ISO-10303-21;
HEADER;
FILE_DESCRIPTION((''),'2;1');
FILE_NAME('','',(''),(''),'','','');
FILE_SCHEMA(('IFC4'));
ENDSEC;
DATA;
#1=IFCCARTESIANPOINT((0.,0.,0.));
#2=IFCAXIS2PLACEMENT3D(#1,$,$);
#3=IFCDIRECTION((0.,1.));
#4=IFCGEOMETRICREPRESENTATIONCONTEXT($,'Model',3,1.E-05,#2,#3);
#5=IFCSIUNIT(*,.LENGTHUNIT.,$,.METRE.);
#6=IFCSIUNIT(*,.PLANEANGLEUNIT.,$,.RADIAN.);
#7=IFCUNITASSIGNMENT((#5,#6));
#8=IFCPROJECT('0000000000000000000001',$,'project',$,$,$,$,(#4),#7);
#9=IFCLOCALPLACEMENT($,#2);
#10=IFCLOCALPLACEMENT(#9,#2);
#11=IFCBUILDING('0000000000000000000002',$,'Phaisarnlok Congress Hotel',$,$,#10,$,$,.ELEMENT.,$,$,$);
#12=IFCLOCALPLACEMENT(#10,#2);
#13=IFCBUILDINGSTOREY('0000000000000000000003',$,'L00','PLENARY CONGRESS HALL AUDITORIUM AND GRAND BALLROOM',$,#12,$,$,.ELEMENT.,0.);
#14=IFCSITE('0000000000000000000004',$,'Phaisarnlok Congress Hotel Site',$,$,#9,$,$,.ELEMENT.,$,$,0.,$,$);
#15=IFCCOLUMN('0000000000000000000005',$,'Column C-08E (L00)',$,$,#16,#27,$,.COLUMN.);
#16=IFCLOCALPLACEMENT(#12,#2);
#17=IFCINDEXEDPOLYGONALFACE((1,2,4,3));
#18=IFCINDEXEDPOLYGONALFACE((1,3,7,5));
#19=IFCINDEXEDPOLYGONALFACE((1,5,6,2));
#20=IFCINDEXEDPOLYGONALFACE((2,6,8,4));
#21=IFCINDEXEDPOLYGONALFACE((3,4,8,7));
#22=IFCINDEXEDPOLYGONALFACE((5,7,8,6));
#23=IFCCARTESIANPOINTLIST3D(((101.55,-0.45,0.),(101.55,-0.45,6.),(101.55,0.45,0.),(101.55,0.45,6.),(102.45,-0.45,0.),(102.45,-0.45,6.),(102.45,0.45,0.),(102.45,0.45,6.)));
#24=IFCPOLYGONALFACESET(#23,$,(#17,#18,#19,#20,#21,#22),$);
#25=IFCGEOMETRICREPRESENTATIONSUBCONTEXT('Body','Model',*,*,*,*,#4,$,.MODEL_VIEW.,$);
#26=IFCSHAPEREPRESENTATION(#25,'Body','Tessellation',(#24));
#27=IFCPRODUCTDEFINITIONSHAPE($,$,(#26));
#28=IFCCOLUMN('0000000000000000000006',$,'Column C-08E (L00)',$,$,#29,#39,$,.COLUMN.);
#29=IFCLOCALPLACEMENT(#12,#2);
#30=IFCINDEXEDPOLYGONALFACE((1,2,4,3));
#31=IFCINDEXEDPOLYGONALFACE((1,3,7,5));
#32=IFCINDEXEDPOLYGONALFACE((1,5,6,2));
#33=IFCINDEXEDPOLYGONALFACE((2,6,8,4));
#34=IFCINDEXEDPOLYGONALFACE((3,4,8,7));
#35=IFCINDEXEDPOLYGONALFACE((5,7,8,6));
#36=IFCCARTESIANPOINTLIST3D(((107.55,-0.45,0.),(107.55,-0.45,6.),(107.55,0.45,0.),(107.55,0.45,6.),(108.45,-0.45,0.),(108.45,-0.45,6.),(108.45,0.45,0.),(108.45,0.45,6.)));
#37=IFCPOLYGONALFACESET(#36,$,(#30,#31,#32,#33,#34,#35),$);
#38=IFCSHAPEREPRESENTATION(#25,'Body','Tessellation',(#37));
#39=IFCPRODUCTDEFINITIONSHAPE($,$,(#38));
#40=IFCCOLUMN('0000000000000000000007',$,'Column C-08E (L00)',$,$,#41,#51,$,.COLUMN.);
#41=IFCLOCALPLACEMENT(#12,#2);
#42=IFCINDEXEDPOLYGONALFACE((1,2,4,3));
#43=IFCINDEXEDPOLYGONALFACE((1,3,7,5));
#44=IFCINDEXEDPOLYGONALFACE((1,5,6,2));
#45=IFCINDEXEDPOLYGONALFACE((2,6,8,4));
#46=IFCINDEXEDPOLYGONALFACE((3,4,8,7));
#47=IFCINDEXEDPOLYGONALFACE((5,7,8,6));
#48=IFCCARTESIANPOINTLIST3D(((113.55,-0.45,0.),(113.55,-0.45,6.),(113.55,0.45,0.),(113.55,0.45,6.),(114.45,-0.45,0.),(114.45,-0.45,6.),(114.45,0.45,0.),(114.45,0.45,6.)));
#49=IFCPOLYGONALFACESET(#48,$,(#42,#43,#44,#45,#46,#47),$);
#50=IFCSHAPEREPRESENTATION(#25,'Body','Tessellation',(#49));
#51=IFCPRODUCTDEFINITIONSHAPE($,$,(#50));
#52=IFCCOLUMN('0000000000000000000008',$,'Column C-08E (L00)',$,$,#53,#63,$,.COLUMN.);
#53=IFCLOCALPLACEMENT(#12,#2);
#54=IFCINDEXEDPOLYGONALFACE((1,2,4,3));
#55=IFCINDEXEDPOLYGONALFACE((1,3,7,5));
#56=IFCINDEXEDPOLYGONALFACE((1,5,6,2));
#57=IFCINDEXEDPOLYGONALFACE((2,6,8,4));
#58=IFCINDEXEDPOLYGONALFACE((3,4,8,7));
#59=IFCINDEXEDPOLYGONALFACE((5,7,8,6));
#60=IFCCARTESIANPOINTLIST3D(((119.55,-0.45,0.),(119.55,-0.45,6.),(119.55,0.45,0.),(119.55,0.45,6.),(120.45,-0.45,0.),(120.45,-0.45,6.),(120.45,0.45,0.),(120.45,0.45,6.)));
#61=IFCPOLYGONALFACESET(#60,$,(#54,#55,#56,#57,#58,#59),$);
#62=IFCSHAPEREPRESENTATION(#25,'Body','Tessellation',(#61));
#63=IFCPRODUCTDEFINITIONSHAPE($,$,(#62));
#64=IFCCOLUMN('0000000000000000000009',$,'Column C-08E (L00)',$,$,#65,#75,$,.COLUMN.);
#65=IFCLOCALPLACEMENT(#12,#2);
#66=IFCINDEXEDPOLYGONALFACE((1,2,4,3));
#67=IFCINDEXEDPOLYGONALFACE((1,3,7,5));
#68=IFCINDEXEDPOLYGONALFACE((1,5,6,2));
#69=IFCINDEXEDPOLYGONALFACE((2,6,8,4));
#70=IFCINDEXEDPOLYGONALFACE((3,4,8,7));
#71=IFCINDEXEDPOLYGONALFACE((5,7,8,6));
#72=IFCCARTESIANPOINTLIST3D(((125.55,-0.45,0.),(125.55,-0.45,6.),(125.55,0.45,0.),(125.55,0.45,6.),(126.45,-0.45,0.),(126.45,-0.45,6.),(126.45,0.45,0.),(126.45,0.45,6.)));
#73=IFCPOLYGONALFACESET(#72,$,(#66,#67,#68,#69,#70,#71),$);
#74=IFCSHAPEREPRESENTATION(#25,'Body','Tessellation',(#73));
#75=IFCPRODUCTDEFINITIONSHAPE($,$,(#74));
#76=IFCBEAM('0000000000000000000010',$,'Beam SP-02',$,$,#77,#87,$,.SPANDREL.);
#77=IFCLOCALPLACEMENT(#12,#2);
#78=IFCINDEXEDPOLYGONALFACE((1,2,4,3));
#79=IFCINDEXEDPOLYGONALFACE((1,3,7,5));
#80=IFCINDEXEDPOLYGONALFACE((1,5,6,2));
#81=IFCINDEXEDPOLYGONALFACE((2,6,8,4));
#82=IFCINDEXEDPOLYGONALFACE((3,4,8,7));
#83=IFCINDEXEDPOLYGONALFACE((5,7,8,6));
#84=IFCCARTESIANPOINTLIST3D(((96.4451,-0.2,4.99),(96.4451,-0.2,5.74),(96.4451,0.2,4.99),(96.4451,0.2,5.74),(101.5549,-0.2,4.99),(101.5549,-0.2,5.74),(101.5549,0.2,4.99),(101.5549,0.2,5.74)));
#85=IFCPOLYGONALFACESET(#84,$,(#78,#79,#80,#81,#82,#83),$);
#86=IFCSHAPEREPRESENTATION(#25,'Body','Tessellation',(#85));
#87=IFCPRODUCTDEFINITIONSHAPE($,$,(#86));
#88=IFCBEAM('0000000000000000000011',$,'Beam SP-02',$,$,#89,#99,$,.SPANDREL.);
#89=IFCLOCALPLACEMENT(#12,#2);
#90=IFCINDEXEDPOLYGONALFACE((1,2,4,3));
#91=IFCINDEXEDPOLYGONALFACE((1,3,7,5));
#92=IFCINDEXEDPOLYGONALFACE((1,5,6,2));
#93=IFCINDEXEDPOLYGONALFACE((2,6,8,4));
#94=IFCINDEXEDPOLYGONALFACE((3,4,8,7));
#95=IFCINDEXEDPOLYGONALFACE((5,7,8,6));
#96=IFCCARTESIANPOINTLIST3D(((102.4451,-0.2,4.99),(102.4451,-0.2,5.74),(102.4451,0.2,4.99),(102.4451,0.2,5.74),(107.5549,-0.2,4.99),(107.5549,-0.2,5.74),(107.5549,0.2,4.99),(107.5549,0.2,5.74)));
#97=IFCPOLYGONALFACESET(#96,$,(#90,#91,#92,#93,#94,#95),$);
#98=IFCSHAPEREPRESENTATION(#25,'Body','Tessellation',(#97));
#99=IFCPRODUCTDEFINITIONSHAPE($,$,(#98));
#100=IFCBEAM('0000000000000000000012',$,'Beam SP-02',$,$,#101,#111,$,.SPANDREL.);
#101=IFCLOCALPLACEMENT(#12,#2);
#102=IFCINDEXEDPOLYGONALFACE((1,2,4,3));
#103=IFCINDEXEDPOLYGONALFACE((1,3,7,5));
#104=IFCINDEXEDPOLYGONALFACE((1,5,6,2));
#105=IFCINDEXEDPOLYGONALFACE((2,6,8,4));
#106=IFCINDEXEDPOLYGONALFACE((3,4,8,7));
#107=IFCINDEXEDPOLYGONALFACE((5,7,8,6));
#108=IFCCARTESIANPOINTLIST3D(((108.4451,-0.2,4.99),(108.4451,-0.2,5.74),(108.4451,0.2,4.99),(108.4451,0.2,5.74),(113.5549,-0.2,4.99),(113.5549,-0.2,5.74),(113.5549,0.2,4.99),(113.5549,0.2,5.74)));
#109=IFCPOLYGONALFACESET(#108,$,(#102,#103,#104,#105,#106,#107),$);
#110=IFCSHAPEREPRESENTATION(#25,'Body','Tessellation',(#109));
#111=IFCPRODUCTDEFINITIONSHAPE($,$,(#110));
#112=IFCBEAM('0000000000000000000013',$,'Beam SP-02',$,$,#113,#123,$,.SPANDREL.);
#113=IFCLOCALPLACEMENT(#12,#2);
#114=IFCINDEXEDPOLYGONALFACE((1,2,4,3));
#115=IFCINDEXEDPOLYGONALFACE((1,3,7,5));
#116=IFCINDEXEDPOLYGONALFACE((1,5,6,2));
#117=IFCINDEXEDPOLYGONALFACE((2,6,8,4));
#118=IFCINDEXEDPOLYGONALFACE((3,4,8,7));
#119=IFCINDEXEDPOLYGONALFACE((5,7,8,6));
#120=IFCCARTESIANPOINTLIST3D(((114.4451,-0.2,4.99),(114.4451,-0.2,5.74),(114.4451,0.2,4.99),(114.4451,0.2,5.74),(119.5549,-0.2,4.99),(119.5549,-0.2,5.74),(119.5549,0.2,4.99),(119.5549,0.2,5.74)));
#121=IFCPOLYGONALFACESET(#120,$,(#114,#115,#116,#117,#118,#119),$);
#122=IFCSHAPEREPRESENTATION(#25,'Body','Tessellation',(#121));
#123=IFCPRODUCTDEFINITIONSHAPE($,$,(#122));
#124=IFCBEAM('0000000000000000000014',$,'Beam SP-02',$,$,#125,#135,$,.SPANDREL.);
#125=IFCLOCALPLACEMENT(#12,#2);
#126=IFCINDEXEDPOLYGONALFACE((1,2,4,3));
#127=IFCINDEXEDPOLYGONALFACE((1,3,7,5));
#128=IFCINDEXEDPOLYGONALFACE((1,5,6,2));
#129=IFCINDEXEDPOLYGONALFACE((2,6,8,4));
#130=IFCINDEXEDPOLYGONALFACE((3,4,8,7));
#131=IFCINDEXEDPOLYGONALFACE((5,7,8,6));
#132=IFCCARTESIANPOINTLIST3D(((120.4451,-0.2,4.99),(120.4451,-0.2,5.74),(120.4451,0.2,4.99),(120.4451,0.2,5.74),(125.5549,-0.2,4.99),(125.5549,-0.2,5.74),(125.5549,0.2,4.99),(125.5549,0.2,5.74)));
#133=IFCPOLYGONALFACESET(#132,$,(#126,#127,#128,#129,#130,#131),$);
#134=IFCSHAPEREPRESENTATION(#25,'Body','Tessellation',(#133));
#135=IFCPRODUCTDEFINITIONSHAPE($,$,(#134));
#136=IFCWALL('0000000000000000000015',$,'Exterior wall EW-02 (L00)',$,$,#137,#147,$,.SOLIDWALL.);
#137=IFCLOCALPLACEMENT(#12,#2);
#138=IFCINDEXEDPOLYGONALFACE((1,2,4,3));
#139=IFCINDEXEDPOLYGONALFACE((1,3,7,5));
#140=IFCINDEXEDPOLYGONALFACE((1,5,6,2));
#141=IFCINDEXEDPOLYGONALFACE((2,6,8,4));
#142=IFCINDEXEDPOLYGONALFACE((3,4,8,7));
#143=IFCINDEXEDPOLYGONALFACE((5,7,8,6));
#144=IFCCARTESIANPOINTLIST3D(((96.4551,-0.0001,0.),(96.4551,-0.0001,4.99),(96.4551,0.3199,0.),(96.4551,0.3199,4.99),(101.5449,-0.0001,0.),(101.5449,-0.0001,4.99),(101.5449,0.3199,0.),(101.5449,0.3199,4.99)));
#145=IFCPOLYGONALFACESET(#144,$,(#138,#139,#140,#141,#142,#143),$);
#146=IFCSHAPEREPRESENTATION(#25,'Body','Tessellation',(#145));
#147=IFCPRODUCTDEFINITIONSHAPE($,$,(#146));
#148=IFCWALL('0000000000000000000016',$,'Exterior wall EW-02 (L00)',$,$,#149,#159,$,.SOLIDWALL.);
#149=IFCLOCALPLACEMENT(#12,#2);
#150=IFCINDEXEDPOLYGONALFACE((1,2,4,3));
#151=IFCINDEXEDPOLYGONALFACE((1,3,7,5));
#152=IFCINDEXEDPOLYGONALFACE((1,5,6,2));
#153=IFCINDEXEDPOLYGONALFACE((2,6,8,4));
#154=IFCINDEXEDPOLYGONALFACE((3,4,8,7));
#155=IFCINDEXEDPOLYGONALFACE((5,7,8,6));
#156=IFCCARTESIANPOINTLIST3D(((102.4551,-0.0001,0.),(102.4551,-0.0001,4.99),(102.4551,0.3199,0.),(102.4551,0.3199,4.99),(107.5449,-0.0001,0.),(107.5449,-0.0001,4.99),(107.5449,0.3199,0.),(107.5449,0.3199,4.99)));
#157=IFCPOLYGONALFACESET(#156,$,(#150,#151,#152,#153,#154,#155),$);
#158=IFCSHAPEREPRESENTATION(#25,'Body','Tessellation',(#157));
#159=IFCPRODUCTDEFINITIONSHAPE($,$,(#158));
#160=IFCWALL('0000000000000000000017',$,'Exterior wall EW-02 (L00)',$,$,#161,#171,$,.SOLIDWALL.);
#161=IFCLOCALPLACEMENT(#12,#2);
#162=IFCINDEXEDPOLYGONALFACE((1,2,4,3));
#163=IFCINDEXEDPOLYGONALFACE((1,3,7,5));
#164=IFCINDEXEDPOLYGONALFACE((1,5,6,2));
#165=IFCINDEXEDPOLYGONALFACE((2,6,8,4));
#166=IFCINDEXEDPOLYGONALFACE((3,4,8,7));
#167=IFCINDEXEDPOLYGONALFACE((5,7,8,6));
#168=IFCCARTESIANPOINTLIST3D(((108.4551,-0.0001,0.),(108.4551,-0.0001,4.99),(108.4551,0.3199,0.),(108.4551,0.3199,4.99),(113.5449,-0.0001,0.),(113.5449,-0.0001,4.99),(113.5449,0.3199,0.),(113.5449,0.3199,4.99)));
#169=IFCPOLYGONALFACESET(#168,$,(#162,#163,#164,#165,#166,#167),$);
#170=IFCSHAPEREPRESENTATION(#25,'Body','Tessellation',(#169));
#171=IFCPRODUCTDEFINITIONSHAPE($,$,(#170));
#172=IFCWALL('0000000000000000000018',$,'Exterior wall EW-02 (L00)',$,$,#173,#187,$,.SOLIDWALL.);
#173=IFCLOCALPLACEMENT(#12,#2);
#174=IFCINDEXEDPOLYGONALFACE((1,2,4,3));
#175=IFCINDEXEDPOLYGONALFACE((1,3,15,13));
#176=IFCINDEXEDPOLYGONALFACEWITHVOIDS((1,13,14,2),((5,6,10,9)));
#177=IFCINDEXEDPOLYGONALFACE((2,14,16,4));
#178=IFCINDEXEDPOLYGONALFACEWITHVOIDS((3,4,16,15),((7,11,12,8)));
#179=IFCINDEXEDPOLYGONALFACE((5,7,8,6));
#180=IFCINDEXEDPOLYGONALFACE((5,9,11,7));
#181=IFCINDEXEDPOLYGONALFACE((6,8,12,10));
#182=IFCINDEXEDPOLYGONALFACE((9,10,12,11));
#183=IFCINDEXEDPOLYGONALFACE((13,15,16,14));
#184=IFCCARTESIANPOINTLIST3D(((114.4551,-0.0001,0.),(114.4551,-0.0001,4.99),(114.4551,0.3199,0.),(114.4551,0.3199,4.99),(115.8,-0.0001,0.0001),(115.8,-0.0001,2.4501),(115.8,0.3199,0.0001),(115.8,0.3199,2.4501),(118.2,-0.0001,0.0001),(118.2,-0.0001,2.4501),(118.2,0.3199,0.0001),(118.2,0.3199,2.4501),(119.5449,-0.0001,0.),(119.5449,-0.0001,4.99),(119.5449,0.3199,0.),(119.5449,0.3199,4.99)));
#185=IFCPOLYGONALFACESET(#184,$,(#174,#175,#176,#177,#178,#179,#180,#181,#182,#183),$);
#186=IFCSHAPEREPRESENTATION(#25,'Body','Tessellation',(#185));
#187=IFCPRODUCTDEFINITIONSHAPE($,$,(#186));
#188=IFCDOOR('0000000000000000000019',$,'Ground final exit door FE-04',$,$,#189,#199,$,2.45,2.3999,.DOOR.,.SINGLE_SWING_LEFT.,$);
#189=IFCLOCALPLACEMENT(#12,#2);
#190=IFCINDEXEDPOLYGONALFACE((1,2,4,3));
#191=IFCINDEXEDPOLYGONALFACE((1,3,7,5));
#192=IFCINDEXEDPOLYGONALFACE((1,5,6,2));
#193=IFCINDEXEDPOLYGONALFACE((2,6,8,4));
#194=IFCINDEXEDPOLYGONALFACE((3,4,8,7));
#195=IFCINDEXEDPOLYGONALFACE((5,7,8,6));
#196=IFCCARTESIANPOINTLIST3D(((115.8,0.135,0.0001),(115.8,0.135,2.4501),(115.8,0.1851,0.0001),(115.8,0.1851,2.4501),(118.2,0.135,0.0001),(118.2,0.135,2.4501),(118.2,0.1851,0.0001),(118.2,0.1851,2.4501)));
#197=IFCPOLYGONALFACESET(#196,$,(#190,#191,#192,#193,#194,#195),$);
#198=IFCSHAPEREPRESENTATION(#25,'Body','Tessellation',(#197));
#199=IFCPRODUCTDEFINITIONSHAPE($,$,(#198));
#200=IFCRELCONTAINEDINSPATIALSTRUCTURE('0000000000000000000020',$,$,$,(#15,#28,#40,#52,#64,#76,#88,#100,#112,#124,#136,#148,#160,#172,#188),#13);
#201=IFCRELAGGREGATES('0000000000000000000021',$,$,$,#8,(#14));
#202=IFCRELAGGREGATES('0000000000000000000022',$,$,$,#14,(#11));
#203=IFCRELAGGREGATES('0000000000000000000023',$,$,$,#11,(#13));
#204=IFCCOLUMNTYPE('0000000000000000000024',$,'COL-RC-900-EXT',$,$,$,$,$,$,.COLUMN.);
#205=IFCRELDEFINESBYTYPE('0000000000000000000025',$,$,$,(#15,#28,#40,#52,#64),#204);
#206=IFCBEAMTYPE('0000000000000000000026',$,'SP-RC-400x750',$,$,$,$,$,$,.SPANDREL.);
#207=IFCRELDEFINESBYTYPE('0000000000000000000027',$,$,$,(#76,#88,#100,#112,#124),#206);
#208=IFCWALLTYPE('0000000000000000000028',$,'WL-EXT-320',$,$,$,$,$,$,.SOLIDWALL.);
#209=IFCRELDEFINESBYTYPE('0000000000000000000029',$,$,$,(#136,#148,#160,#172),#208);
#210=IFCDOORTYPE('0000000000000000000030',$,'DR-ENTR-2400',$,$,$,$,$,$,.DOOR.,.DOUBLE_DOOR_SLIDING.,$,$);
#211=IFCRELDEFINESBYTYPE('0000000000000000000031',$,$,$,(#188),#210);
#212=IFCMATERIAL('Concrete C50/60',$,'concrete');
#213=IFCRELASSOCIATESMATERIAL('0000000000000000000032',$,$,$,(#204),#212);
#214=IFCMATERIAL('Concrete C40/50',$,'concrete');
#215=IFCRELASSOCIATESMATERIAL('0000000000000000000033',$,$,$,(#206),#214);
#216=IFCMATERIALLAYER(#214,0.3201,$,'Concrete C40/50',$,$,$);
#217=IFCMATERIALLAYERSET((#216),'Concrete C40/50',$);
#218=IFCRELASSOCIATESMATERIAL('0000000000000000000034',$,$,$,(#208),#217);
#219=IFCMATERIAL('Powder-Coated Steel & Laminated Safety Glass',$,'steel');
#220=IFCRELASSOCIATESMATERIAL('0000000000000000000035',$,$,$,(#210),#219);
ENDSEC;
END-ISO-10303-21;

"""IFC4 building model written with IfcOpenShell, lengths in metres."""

from ifc_helpers import new_model, si_unit, direction, frame, frame_2d, origin, origin_2d, place, context, subcontext, project, spatial, rectangle, extrude, material, layer, layer_set, material_profile, profile_set, type_object, element, fill, save


model = new_model("IFC4")

# Units and contexts
model_context = context("Model", 3, precision=1e-05, world=origin(), true_north=direction((0.0, 1.0)))
body_context = subcontext(model_context, "Body", "Model", "MODEL_VIEW")
ifc_project = project(units=[si_unit("LENGTHUNIT", "METRE"), si_unit("PLANEANGLEUNIT", "RADIAN")], contexts=[model_context])

# Site, building, storey
site_placement = place(None, origin())
site = spatial("IfcSite", under=ifc_project, at=site_placement, Name="Phaisarnlok Congress Hotel Site", CompositionType="ELEMENT", RefElevation=0.0)
building_placement = place(site_placement, origin())
building = spatial("IfcBuilding", under=site, at=building_placement, Name="Phaisarnlok Congress Hotel", CompositionType="ELEMENT")
storey_placement = place(building_placement, origin())
storey = spatial("IfcBuildingStorey", under=building, at=storey_placement, Name="L00", Description="PLENARY CONGRESS HALL AUDITORIUM AND GRAND BALLROOM", CompositionType="ELEMENT", Elevation=0.0)

# Columns
ifc_material_1 = material(Name="Concrete C50/60", Category="concrete")
ifc_material_profile_1 = material_profile(ifc_material_1, rectangle(XDim=0.8999, YDim=0.8999, at=origin_2d()), Name="RC 900x900")
ifc_profile_set_1 = profile_set([ifc_material_profile_1], Name="Concrete C50/60")
column_type = type_object("IfcColumnType", Name="COL-RC-900-EXT", PredefinedType="COLUMN", material=ifc_profile_set_1)
for number, where, z_axis, x_axis, name in (
    (1, (102.0, 0.0, 0.0), (0.0, 0.0, 1.0), (1.0, 0.0, 0.0), "Column C-08E (L00)"),
    (2, (108.0, 0.0, 0.0), (0.0, 0.0, 1.0), (1.0, 0.0, 0.0), "Column C-08E (L00)"),
    (3, (114.0, 0.0, 0.0), (0.0, 0.0, 1.0), (1.0, 0.0, 0.0), "Column C-08E (L00)"),
    (4, (120.0, 0.0, 0.0), (0.0, 0.0, 1.0), (1.0, 0.0, 0.0), "Column C-08E (L00)"),
    (5, (126.0, 0.0, 0.0), (0.0, 0.0, 1.0), (1.0, 0.0, 0.0), "Column C-08E (L00)"),
):
    element("IfcColumn", number, at=place(storey_placement, frame(where, z_axis=z_axis, x_axis=x_axis)), inside=storey, type_object=column_type, Name=name, PredefinedType="COLUMN", context=body_context, shape_type="SweptSolid", body=[
        extrude(rectangle(XDim=0.8999, YDim=0.8999, at=origin_2d()), origin(), (0.0, 0.0, 1.0), 6.0),
    ])

# Beams
ifc_material_2 = material(Name="Concrete C40/50", Category="concrete")
ifc_material_profile_2 = material_profile(ifc_material_2, rectangle(XDim=0.3999, YDim=0.75, at=origin_2d()), Name="RC 400x750")
ifc_profile_set_2 = profile_set([ifc_material_profile_2], Name="Concrete C40/50")
beam_type = type_object("IfcBeamType", Name="SP-RC-400x750", PredefinedType="SPANDREL", material=ifc_profile_set_2)
for number, where, z_axis, x_axis, name in (
    (6, (96.4451, 0.0, 5.365), (1.0, 0.0, 0.0), (0.0, 1.0, 0.0), "Beam SP-02"),
    (7, (102.4451, 0.0, 5.365), (1.0, 0.0, 0.0), (0.0, 1.0, 0.0), "Beam SP-02"),
    (8, (108.4451, 0.0, 5.365), (1.0, 0.0, 0.0), (0.0, 1.0, 0.0), "Beam SP-02"),
    (9, (114.4451, 0.0, 5.365), (1.0, 0.0, 0.0), (0.0, 1.0, 0.0), "Beam SP-02"),
    (10, (120.4451, 0.0, 5.365), (1.0, 0.0, 0.0), (0.0, 1.0, 0.0), "Beam SP-02"),
):
    element("IfcBeam", number, at=place(storey_placement, frame(where, z_axis=z_axis, x_axis=x_axis)), inside=storey, type_object=beam_type, Name=name, PredefinedType="SPANDREL", context=body_context, shape_type="SweptSolid", body=[
        extrude(rectangle(XDim=0.3999, YDim=0.75, at=origin_2d()), origin(), (0.0, 0.0, 1.0), 5.1099),
    ])

# Walls
ifc_layer_1 = layer(ifc_material_2, 0.3201, Name="Concrete C40/50")
ifc_layer_set_1 = layer_set([ifc_layer_1], Name="Concrete C40/50")
wall_type_1 = type_object("IfcWallType", Name="WL-EXT-320", PredefinedType="SOLIDWALL", material=ifc_layer_set_1)
for number, where, z_axis, x_axis, name in (
    (11, (96.4551, 0.1599, 0.0), (0.0, 0.0, 1.0), (1.0, 0.0, 0.0), "Exterior wall EW-02 (L00)"),
    (12, (102.4551, 0.1599, 0.0), (0.0, 0.0, 1.0), (1.0, 0.0, 0.0), "Exterior wall EW-02 (L00)"),
    (13, (108.4551, 0.1599, 0.0), (0.0, 0.0, 1.0), (1.0, 0.0, 0.0), "Exterior wall EW-02 (L00)"),
):
    element("IfcWall", number, at=place(storey_placement, frame(where, z_axis=z_axis, x_axis=x_axis)), inside=storey, type_object=wall_type_1, Name=name, PredefinedType="SOLIDWALL", context=body_context, shape_type="SweptSolid", body=[
        extrude(rectangle(XDim=5.0898, YDim=0.3201, at=frame_2d((2.5449, 0.0))), origin(), (0.0, 0.0, 1.0), 4.99),
    ])

# Wall, opening, door
wall_1_placement = place(storey_placement, frame((114.4551, 0.1599, 0.0), z_axis=(0.0, 0.0, 1.0), x_axis=(1.0, 0.0, 0.0)))
wall_1 = element("IfcWall", 14, at=wall_1_placement, inside=storey, type_object=wall_type_1, Name="Exterior wall EW-02 (L00)", PredefinedType="SOLIDWALL", context=body_context, shape_type="SweptSolid", body=[
    extrude(rectangle(XDim=5.0898, YDim=0.3201, at=frame_2d((2.5449, 0.0))), origin(), (0.0, 0.0, 1.0), 4.99),
])
opening_1_placement = place(wall_1_placement, frame((1.345, 0.0, 0.0)))
opening_1 = element("IfcOpeningElement", 15, at=opening_1_placement, cuts=wall_1, PredefinedType="OPENING", context=body_context, shape_type="SweptSolid", body=[
    extrude(rectangle(XDim=2.3999, YDim=2.45, at=frame_2d((1.2, 1.2251))), frame((0.0, 0.1699, 0.0), z_axis=(0.0, -1.0, 0.0), x_axis=(1.0, 0.0, 0.0)), (0.0, 0.0, 1.0), 0.3401),
])
ifc_material_3 = material(Name="Powder-Coated Steel & Laminated Safety Glass", Category="steel")
door_type_1 = type_object("IfcDoorType", Name="DR-ENTR-2400", OperationType="DOUBLE_DOOR_SLIDING", PredefinedType="DOOR", material=ifc_material_3)
door_1_placement = place(opening_1_placement, frame((2.3999, 0.0, 0.0), z_axis=(0.0, 0.0, 1.0), x_axis=(-1.0, 0.0, 0.0)))
door_1 = element("IfcDoor", 16, at=door_1_placement, inside=storey, type_object=door_type_1, Name="Ground final exit door FE-04", OperationType="SINGLE_SWING_LEFT", OverallHeight=2.45, OverallWidth=2.3999, PredefinedType="DOOR", context=body_context, shape_type="SweptSolid", body=[
    extrude(rectangle(XDim=2.3999, YDim=2.45, at=frame_2d((1.2, 1.2251))), frame((0.0, 0.0249, 0.0), z_axis=(0.0, -1.0, 0.0), x_axis=(1.0, 0.0, 0.0)), (0.0, 0.0, 1.0), 0.05),
])
fill(opening_1, door_1)

save(model, "model.ifc")
